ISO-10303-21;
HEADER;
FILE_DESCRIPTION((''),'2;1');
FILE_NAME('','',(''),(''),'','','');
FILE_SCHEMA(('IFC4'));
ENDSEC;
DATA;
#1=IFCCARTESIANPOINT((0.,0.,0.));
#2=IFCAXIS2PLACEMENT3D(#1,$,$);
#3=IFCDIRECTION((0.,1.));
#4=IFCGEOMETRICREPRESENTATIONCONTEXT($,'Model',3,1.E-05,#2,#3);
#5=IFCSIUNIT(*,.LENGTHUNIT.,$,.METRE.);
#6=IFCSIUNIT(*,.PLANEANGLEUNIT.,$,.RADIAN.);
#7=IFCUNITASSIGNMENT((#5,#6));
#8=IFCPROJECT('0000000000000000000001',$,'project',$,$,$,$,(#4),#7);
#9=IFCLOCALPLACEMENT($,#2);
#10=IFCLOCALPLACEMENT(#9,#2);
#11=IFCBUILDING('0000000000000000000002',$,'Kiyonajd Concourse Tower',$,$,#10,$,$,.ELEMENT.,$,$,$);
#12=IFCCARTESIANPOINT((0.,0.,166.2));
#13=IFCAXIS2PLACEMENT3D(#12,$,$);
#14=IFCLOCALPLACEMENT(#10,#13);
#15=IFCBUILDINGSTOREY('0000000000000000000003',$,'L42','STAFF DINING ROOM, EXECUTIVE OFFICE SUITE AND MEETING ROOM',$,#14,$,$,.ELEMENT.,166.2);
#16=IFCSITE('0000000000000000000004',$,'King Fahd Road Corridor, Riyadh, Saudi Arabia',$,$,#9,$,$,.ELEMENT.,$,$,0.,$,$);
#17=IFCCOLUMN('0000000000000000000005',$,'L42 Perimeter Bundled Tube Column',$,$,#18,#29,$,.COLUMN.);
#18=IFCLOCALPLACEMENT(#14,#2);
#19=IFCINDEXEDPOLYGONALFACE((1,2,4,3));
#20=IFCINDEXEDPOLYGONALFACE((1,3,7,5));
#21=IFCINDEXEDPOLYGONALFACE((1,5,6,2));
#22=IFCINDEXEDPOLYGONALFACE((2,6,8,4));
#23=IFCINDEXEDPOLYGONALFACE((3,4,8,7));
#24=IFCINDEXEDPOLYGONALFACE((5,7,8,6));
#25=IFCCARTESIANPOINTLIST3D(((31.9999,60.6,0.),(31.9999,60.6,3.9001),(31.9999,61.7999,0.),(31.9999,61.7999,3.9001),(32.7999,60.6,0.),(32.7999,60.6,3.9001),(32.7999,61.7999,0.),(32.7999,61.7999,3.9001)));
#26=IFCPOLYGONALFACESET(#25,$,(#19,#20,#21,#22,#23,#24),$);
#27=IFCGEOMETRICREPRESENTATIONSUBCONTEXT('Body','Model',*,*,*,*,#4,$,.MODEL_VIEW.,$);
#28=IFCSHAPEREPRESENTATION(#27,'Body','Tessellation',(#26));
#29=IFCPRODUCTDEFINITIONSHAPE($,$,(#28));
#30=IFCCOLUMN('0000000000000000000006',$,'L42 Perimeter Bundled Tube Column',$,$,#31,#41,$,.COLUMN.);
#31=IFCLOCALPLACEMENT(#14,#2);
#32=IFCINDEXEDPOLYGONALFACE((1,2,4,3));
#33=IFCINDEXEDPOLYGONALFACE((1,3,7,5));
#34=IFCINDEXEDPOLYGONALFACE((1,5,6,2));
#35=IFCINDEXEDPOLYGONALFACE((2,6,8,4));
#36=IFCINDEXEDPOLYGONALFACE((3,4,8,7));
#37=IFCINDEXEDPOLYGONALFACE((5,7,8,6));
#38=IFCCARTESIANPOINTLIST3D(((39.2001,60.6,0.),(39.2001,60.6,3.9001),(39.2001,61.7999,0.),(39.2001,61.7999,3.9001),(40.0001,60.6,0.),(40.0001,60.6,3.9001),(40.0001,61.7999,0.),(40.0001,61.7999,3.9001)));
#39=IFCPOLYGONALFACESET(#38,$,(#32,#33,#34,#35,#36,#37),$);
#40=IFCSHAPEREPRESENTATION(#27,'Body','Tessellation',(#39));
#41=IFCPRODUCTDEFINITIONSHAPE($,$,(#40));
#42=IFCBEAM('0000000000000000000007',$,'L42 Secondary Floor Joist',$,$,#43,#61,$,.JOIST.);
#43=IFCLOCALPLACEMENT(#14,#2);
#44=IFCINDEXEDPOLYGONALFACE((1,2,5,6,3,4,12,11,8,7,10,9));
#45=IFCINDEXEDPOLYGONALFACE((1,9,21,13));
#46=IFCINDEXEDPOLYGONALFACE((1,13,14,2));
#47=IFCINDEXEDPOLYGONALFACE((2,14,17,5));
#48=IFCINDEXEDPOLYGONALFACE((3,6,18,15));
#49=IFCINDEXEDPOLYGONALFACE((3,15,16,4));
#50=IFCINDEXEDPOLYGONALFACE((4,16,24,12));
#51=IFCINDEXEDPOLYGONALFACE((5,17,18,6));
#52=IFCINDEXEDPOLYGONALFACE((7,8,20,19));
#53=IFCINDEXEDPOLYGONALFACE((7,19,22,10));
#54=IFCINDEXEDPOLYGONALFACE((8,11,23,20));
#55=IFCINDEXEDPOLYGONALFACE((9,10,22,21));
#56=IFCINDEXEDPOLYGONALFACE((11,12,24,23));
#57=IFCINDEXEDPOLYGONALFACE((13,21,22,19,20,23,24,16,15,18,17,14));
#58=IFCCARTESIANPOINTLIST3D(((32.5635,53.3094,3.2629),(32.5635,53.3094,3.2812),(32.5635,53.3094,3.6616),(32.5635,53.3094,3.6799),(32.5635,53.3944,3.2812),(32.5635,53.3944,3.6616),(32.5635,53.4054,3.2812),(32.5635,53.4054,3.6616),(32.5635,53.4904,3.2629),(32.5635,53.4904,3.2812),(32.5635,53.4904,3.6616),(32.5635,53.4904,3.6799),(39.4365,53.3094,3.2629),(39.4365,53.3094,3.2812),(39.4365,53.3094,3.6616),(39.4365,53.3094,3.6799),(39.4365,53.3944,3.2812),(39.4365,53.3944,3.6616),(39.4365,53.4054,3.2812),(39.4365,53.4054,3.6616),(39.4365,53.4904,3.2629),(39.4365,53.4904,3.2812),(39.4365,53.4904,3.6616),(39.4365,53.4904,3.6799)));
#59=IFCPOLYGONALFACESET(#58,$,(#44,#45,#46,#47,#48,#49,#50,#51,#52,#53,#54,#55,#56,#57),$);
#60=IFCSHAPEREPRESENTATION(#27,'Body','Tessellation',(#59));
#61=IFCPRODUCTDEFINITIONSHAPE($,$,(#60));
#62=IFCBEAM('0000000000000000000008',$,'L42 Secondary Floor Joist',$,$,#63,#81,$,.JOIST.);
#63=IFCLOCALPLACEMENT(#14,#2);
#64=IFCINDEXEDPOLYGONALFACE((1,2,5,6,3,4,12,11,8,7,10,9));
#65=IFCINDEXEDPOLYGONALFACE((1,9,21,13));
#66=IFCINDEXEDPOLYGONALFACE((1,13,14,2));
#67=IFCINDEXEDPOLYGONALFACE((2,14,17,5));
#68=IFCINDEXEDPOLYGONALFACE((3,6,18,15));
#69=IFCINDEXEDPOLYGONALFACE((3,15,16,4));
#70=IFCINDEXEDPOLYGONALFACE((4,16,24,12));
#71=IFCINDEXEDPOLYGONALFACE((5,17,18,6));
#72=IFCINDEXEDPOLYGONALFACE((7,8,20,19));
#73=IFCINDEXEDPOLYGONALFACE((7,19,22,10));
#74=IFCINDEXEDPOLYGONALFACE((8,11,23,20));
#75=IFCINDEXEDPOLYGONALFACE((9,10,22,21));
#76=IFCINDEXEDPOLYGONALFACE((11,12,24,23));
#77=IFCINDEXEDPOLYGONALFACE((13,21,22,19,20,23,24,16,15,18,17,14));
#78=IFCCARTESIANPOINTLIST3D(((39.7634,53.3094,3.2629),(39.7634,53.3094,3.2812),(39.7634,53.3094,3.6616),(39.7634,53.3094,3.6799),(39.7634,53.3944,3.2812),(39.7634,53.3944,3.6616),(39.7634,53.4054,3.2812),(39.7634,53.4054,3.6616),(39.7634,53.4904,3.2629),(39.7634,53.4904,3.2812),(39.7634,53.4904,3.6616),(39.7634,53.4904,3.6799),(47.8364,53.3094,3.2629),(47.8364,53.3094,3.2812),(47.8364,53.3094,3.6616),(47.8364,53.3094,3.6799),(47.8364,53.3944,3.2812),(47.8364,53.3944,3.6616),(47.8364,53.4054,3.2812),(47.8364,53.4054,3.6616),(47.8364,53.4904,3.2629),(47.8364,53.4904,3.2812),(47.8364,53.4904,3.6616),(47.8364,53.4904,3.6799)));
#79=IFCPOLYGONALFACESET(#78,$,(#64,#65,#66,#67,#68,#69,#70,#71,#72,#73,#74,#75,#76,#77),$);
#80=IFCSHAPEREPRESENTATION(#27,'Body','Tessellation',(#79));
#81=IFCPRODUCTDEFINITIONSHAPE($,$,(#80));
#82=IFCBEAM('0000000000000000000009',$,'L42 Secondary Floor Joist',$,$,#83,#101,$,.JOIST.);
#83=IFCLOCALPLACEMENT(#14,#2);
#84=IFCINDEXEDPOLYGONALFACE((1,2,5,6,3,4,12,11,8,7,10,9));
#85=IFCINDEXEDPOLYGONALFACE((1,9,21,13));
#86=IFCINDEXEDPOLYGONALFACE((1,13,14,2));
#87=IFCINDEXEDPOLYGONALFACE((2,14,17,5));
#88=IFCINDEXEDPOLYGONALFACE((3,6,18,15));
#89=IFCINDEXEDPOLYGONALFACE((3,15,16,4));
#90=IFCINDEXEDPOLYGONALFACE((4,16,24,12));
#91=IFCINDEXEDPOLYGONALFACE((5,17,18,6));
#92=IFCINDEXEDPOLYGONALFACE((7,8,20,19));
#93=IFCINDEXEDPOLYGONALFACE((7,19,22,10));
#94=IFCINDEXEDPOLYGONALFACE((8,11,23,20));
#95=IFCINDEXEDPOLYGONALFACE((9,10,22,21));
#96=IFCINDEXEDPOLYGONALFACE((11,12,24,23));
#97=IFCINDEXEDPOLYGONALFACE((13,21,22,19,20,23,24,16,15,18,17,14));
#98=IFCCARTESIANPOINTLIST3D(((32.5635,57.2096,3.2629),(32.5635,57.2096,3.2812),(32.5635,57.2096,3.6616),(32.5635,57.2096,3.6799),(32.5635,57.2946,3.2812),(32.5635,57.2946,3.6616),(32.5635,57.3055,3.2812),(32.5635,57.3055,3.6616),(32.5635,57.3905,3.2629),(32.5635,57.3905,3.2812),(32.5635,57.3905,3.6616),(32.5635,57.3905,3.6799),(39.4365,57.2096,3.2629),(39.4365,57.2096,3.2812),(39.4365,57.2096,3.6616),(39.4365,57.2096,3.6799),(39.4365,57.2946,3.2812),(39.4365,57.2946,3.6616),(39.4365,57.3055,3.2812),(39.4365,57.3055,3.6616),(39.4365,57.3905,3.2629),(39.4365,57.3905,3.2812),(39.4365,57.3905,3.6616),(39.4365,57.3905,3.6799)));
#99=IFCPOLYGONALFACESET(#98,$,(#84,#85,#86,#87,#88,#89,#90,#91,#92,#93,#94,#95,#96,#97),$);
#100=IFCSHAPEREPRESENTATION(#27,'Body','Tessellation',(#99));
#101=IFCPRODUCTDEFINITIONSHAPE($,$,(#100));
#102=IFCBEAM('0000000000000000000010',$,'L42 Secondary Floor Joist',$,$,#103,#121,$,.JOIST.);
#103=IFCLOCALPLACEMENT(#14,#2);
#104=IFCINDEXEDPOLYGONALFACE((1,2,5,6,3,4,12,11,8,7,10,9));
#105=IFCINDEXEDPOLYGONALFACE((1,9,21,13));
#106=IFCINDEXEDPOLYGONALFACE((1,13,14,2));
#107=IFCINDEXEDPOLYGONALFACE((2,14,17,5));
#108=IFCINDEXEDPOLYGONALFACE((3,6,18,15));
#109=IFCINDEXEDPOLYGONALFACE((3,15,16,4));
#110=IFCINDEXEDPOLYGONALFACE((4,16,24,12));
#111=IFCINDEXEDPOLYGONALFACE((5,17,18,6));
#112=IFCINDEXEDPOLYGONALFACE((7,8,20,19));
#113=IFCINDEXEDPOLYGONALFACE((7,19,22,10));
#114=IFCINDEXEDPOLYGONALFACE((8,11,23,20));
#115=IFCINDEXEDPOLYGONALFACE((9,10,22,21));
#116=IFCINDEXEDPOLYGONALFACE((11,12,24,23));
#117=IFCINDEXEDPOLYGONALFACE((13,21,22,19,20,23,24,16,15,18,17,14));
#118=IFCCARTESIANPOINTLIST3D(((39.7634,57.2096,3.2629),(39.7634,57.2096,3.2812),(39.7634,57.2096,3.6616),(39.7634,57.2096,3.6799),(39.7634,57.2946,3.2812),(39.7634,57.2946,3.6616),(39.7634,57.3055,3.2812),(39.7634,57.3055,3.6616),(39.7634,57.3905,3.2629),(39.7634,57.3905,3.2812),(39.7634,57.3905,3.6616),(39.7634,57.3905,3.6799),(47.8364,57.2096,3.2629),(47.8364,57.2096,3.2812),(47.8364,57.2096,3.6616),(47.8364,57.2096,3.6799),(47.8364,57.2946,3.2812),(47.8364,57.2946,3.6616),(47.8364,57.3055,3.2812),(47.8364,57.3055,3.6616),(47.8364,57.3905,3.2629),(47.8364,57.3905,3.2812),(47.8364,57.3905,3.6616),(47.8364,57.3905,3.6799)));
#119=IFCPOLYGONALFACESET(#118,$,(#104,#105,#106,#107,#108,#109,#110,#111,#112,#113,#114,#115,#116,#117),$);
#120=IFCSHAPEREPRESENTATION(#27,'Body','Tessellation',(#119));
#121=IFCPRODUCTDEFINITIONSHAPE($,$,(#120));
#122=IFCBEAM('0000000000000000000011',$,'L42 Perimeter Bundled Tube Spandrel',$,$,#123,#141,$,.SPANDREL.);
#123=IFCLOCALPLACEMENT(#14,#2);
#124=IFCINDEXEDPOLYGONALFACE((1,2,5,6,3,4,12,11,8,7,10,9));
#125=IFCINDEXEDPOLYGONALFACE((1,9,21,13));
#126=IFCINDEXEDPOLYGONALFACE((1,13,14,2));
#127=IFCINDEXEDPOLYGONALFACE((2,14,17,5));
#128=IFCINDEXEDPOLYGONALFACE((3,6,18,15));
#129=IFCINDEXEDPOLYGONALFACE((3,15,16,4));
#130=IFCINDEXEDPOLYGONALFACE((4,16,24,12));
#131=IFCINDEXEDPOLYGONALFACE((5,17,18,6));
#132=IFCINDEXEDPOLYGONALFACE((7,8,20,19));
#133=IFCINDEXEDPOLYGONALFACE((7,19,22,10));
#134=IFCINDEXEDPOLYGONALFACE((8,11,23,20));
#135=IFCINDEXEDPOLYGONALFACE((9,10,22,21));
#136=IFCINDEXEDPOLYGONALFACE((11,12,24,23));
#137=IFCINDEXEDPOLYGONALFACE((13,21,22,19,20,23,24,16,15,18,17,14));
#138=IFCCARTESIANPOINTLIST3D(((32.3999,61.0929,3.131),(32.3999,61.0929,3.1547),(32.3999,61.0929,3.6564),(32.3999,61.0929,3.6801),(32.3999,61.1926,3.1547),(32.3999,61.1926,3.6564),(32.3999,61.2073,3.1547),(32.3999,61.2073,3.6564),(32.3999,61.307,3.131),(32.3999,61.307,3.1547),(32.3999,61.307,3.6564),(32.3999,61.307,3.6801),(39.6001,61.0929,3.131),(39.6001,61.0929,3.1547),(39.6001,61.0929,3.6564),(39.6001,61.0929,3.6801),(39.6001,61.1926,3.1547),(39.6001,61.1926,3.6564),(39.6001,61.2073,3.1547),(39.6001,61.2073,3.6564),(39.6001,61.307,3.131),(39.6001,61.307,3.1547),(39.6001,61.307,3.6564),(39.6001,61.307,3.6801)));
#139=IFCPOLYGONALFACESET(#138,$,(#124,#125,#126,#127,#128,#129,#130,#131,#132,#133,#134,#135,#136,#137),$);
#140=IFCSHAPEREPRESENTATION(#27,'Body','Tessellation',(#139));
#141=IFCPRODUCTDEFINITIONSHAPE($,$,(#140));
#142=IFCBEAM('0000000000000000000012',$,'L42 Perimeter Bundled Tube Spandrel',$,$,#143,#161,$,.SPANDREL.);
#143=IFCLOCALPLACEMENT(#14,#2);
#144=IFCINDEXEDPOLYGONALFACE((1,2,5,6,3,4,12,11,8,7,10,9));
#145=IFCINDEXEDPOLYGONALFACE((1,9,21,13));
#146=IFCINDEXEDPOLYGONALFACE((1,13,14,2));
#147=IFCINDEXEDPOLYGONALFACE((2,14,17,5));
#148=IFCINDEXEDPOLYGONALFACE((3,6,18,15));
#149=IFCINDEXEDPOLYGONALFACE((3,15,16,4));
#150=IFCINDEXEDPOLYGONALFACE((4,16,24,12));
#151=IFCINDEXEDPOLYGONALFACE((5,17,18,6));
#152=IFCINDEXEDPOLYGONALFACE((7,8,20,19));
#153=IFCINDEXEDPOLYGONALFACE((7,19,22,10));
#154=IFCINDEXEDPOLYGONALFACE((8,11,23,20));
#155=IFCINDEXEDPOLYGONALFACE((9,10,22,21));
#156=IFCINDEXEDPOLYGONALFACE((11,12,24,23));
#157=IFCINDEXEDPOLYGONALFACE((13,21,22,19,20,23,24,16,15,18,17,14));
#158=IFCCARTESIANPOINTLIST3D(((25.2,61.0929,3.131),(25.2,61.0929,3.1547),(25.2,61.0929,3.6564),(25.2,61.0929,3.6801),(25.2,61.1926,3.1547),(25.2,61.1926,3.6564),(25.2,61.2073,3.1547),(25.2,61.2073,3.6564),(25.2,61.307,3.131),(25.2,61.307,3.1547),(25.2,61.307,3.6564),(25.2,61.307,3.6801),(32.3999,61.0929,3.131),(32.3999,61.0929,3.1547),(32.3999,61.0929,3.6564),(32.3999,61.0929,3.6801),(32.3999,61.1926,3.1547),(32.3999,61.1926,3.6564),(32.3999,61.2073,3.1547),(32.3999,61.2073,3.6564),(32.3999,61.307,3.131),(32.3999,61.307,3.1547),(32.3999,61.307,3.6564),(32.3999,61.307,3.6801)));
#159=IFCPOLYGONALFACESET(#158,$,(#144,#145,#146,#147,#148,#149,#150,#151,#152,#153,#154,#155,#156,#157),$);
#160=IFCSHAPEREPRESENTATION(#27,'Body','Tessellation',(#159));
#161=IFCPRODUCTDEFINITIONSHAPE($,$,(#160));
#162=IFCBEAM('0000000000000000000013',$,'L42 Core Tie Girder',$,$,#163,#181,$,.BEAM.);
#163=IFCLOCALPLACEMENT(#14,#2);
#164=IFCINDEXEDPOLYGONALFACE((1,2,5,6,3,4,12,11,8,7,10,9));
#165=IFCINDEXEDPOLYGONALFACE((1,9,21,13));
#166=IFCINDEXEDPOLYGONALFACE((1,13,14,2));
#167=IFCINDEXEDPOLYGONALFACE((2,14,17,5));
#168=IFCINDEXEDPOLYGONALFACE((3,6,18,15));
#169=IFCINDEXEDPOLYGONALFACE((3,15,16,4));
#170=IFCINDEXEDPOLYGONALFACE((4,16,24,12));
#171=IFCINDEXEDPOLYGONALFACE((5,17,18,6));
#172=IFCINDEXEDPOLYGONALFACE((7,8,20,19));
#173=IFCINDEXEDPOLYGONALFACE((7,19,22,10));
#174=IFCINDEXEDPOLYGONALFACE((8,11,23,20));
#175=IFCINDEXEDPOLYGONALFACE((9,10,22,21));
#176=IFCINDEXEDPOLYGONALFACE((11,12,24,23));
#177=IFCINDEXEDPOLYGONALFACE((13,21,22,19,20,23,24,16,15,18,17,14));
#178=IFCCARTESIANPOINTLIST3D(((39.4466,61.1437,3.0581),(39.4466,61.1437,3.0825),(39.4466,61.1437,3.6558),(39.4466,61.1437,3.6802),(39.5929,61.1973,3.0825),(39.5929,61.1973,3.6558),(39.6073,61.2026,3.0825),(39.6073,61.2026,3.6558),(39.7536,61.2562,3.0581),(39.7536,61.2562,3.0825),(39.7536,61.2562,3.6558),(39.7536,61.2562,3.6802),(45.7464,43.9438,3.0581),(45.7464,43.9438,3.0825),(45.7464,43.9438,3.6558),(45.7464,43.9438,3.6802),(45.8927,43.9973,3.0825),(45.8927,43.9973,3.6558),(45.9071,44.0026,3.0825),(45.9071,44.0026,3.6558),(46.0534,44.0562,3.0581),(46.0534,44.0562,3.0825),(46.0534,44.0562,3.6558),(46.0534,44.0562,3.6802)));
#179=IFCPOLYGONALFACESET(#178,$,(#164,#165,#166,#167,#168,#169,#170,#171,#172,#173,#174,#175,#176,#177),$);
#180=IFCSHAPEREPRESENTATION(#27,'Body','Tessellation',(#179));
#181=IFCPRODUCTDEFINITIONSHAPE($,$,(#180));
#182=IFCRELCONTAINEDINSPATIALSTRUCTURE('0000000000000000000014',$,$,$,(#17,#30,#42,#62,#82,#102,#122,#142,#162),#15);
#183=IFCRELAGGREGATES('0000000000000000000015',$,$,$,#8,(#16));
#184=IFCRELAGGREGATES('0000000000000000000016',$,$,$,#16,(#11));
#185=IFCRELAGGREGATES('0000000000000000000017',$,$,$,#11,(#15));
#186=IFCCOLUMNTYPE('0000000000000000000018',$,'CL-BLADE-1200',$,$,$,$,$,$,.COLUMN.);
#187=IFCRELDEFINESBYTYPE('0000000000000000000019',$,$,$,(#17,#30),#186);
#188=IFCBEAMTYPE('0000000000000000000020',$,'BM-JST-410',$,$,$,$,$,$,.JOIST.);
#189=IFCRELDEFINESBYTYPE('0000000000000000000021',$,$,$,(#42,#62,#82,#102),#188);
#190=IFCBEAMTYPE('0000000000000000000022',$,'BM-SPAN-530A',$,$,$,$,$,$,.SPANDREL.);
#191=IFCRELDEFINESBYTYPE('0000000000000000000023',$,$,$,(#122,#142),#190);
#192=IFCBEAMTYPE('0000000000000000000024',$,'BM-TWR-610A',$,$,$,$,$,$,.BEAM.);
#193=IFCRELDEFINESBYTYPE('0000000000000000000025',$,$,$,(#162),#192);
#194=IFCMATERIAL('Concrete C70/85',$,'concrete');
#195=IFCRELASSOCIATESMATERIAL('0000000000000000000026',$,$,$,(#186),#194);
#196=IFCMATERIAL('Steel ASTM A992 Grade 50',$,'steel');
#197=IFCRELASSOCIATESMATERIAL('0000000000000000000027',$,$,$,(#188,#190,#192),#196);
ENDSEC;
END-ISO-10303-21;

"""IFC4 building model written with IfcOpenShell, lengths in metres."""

from ifc_helpers import new_model, si_unit, direction, frame, origin, origin_2d, place, context, subcontext, project, spatial, rectangle, i_section, extrude, material, material_profile, profile_set, type_object, element, save


model = new_model("IFC4")

# Units and contexts
model_context = context("Model", 3, precision=1e-05, world=origin(), true_north=direction((0.0, 1.0)))
body_context = subcontext(model_context, "Body", "Model", "MODEL_VIEW")
ifc_project = project(units=[si_unit("LENGTHUNIT", "METRE"), si_unit("PLANEANGLEUNIT", "RADIAN")], contexts=[model_context])

# Site, building, storey
site_placement = place(None, origin())
site = spatial("IfcSite", under=ifc_project, at=site_placement, Name="King Fahd Road Corridor, Riyadh, Saudi Arabia", CompositionType="ELEMENT", RefElevation=0.0)
building_placement = place(site_placement, origin())
building = spatial("IfcBuilding", under=site, at=building_placement, Name="Kiyonajd Concourse Tower", CompositionType="ELEMENT")
storey_placement = place(building_placement, frame((0.0, 0.0, 166.2)))
storey = spatial("IfcBuildingStorey", under=building, at=storey_placement, Name="L42", Description="STAFF DINING ROOM, EXECUTIVE OFFICE SUITE AND MEETING ROOM", CompositionType="ELEMENT", Elevation=166.2)

# Columns
ifc_material_1 = material(Name="Concrete C70/85", Category="concrete")
ifc_material_profile_1 = material_profile(ifc_material_1, rectangle(XDim=0.8, YDim=1.2, at=origin_2d()), Name="RC-1200x800")
ifc_profile_set_1 = profile_set([ifc_material_profile_1], Name="Concrete C70/85")
column_type = type_object("IfcColumnType", Name="CL-BLADE-1200", PredefinedType="COLUMN", material=ifc_profile_set_1)
for number, where, z_axis, x_axis, name in (
    (1, (32.3999, 61.2, 0.0), (0.0, 0.0, 1.0), (1.0, 0.0, 0.0), "L42 Perimeter Bundled Tube Column"),
    (2, (39.6001, 61.2, 0.0), (0.0, 0.0, 1.0), (1.0, 0.0, 0.0), "L42 Perimeter Bundled Tube Column"),
):
    element("IfcColumn", number, at=place(storey_placement, frame(where, z_axis=z_axis, x_axis=x_axis)), inside=storey, type_object=column_type, Name=name, PredefinedType="COLUMN", context=body_context, shape_type="SweptSolid", body=[
        extrude(rectangle(XDim=0.8, YDim=1.2, at=origin_2d()), origin(), (0.0, 0.0, 1.0), 3.9001),
    ])

# Beams
ifc_material_2 = material(Name="Steel ASTM A992 Grade 50", Category="steel")
ifc_material_profile_2 = material_profile(ifc_material_2, i_section(OverallWidth=0.1809, OverallDepth=0.417, WebThickness=0.011, FlangeThickness=0.0183, at=origin_2d()), Name="W410X85")
ifc_profile_set_2 = profile_set([ifc_material_profile_2], Name="Steel ASTM A992 Grade 50")
beam_type_1 = type_object("IfcBeamType", Name="BM-JST-410", PredefinedType="JOIST", material=ifc_profile_set_2)
beam_1_placement = place(storey_placement, frame((32.5635, 53.3999, 3.4714), z_axis=(1.0, 0.0, 0.0), x_axis=(0.0, 1.0, 0.0)))
element("IfcBeam", 3, at=beam_1_placement, inside=storey, type_object=beam_type_1, Name="L42 Secondary Floor Joist", PredefinedType="JOIST", context=body_context, shape_type="SweptSolid", body=[
    extrude(i_section(OverallWidth=0.1809, OverallDepth=0.417, WebThickness=0.011, FlangeThickness=0.0183, at=origin_2d()), origin(), (0.0, 0.0, 1.0), 6.873),
])
beam_2_placement = place(storey_placement, frame((39.7634, 53.3999, 3.4714), z_axis=(1.0, 0.0, 0.0), x_axis=(0.0, 1.0, 0.0)))
element("IfcBeam", 4, at=beam_2_placement, inside=storey, type_object=beam_type_1, Name="L42 Secondary Floor Joist", PredefinedType="JOIST", context=body_context, shape_type="SweptSolid", body=[
    extrude(i_section(OverallWidth=0.1809, OverallDepth=0.417, WebThickness=0.011, FlangeThickness=0.0183, at=origin_2d()), origin(), (0.0, 0.0, 1.0), 8.073),
])
beam_3_placement = place(storey_placement, frame((32.5635, 57.3, 3.4714), z_axis=(1.0, 0.0, 0.0), x_axis=(0.0, 1.0, 0.0)))
element("IfcBeam", 5, at=beam_3_placement, inside=storey, type_object=beam_type_1, Name="L42 Secondary Floor Joist", PredefinedType="JOIST", context=body_context, shape_type="SweptSolid", body=[
    extrude(i_section(OverallWidth=0.1809, OverallDepth=0.417, WebThickness=0.011, FlangeThickness=0.0183, at=origin_2d()), origin(), (0.0, 0.0, 1.0), 6.873),
])
beam_4_placement = place(storey_placement, frame((39.7634, 57.3, 3.4714), z_axis=(1.0, 0.0, 0.0), x_axis=(0.0, 1.0, 0.0)))
element("IfcBeam", 6, at=beam_4_placement, inside=storey, type_object=beam_type_1, Name="L42 Secondary Floor Joist", PredefinedType="JOIST", context=body_context, shape_type="SweptSolid", body=[
    extrude(i_section(OverallWidth=0.1809, OverallDepth=0.417, WebThickness=0.011, FlangeThickness=0.0183, at=origin_2d()), origin(), (0.0, 0.0, 1.0), 8.073),
])
ifc_material_profile_3 = material_profile(ifc_material_2, i_section(OverallWidth=0.2141, OverallDepth=0.5491, WebThickness=0.0146, FlangeThickness=0.0237, at=origin_2d()), Name="W530X138")
ifc_profile_set_3 = profile_set([ifc_material_profile_3], Name="Steel ASTM A992 Grade 50")
beam_type_2 = type_object("IfcBeamType", Name="BM-SPAN-530A", PredefinedType="SPANDREL", material=ifc_profile_set_3)
beam_5_placement = place(storey_placement, frame((39.6001, 61.2, 3.4055), z_axis=(-1.0, 0.0, 0.0), x_axis=(0.0, -1.0, 0.0)))
element("IfcBeam", 7, at=beam_5_placement, inside=storey, type_object=beam_type_2, Name="L42 Perimeter Bundled Tube Spandrel", PredefinedType="SPANDREL", context=body_context, shape_type="SweptSolid", body=[
    extrude(i_section(OverallWidth=0.2141, OverallDepth=0.5491, WebThickness=0.0146, FlangeThickness=0.0237, at=origin_2d()), origin(), (0.0, 0.0, 1.0), 7.2002),
])
beam_6_placement = place(storey_placement, frame((32.3999, 61.2, 3.4055), z_axis=(-1.0, 0.0, 0.0), x_axis=(0.0, -1.0, 0.0)))
element("IfcBeam", 8, at=beam_6_placement, inside=storey, type_object=beam_type_2, Name="L42 Perimeter Bundled Tube Spandrel", PredefinedType="SPANDREL", context=body_context, shape_type="SweptSolid", body=[
    extrude(i_section(OverallWidth=0.2141, OverallDepth=0.5491, WebThickness=0.0146, FlangeThickness=0.0237, at=origin_2d()), origin(), (0.0, 0.0, 1.0), 7.2),
])
ifc_material_profile_4 = material_profile(ifc_material_2, i_section(OverallWidth=0.3269, OverallDepth=0.6221, WebThickness=0.0154, FlangeThickness=0.0244, at=origin_2d()), Name="W610X195")
ifc_profile_set_4 = profile_set([ifc_material_profile_4], Name="Steel ASTM A992 Grade 50")
beam_type_3 = type_object("IfcBeamType", Name="BM-TWR-610A", PredefinedType="BEAM", material=ifc_profile_set_4)
beam_7_placement = place(storey_placement, frame((39.6001, 61.2, 3.3691), z_axis=(0.343925, -0.938997, 0.0), x_axis=(0.938997, 0.343925, 0.0)))
element("IfcBeam", 9, at=beam_7_placement, inside=storey, type_object=beam_type_3, Name="L42 Core Tie Girder", PredefinedType="BEAM", context=body_context, shape_type="SweptSolid", body=[
    extrude(i_section(OverallWidth=0.3269, OverallDepth=0.6221, WebThickness=0.0154, FlangeThickness=0.0244, at=origin_2d()), origin(), (0.0, 0.0, 1.0), 18.3174),
])

save(model, "model.ifc")
